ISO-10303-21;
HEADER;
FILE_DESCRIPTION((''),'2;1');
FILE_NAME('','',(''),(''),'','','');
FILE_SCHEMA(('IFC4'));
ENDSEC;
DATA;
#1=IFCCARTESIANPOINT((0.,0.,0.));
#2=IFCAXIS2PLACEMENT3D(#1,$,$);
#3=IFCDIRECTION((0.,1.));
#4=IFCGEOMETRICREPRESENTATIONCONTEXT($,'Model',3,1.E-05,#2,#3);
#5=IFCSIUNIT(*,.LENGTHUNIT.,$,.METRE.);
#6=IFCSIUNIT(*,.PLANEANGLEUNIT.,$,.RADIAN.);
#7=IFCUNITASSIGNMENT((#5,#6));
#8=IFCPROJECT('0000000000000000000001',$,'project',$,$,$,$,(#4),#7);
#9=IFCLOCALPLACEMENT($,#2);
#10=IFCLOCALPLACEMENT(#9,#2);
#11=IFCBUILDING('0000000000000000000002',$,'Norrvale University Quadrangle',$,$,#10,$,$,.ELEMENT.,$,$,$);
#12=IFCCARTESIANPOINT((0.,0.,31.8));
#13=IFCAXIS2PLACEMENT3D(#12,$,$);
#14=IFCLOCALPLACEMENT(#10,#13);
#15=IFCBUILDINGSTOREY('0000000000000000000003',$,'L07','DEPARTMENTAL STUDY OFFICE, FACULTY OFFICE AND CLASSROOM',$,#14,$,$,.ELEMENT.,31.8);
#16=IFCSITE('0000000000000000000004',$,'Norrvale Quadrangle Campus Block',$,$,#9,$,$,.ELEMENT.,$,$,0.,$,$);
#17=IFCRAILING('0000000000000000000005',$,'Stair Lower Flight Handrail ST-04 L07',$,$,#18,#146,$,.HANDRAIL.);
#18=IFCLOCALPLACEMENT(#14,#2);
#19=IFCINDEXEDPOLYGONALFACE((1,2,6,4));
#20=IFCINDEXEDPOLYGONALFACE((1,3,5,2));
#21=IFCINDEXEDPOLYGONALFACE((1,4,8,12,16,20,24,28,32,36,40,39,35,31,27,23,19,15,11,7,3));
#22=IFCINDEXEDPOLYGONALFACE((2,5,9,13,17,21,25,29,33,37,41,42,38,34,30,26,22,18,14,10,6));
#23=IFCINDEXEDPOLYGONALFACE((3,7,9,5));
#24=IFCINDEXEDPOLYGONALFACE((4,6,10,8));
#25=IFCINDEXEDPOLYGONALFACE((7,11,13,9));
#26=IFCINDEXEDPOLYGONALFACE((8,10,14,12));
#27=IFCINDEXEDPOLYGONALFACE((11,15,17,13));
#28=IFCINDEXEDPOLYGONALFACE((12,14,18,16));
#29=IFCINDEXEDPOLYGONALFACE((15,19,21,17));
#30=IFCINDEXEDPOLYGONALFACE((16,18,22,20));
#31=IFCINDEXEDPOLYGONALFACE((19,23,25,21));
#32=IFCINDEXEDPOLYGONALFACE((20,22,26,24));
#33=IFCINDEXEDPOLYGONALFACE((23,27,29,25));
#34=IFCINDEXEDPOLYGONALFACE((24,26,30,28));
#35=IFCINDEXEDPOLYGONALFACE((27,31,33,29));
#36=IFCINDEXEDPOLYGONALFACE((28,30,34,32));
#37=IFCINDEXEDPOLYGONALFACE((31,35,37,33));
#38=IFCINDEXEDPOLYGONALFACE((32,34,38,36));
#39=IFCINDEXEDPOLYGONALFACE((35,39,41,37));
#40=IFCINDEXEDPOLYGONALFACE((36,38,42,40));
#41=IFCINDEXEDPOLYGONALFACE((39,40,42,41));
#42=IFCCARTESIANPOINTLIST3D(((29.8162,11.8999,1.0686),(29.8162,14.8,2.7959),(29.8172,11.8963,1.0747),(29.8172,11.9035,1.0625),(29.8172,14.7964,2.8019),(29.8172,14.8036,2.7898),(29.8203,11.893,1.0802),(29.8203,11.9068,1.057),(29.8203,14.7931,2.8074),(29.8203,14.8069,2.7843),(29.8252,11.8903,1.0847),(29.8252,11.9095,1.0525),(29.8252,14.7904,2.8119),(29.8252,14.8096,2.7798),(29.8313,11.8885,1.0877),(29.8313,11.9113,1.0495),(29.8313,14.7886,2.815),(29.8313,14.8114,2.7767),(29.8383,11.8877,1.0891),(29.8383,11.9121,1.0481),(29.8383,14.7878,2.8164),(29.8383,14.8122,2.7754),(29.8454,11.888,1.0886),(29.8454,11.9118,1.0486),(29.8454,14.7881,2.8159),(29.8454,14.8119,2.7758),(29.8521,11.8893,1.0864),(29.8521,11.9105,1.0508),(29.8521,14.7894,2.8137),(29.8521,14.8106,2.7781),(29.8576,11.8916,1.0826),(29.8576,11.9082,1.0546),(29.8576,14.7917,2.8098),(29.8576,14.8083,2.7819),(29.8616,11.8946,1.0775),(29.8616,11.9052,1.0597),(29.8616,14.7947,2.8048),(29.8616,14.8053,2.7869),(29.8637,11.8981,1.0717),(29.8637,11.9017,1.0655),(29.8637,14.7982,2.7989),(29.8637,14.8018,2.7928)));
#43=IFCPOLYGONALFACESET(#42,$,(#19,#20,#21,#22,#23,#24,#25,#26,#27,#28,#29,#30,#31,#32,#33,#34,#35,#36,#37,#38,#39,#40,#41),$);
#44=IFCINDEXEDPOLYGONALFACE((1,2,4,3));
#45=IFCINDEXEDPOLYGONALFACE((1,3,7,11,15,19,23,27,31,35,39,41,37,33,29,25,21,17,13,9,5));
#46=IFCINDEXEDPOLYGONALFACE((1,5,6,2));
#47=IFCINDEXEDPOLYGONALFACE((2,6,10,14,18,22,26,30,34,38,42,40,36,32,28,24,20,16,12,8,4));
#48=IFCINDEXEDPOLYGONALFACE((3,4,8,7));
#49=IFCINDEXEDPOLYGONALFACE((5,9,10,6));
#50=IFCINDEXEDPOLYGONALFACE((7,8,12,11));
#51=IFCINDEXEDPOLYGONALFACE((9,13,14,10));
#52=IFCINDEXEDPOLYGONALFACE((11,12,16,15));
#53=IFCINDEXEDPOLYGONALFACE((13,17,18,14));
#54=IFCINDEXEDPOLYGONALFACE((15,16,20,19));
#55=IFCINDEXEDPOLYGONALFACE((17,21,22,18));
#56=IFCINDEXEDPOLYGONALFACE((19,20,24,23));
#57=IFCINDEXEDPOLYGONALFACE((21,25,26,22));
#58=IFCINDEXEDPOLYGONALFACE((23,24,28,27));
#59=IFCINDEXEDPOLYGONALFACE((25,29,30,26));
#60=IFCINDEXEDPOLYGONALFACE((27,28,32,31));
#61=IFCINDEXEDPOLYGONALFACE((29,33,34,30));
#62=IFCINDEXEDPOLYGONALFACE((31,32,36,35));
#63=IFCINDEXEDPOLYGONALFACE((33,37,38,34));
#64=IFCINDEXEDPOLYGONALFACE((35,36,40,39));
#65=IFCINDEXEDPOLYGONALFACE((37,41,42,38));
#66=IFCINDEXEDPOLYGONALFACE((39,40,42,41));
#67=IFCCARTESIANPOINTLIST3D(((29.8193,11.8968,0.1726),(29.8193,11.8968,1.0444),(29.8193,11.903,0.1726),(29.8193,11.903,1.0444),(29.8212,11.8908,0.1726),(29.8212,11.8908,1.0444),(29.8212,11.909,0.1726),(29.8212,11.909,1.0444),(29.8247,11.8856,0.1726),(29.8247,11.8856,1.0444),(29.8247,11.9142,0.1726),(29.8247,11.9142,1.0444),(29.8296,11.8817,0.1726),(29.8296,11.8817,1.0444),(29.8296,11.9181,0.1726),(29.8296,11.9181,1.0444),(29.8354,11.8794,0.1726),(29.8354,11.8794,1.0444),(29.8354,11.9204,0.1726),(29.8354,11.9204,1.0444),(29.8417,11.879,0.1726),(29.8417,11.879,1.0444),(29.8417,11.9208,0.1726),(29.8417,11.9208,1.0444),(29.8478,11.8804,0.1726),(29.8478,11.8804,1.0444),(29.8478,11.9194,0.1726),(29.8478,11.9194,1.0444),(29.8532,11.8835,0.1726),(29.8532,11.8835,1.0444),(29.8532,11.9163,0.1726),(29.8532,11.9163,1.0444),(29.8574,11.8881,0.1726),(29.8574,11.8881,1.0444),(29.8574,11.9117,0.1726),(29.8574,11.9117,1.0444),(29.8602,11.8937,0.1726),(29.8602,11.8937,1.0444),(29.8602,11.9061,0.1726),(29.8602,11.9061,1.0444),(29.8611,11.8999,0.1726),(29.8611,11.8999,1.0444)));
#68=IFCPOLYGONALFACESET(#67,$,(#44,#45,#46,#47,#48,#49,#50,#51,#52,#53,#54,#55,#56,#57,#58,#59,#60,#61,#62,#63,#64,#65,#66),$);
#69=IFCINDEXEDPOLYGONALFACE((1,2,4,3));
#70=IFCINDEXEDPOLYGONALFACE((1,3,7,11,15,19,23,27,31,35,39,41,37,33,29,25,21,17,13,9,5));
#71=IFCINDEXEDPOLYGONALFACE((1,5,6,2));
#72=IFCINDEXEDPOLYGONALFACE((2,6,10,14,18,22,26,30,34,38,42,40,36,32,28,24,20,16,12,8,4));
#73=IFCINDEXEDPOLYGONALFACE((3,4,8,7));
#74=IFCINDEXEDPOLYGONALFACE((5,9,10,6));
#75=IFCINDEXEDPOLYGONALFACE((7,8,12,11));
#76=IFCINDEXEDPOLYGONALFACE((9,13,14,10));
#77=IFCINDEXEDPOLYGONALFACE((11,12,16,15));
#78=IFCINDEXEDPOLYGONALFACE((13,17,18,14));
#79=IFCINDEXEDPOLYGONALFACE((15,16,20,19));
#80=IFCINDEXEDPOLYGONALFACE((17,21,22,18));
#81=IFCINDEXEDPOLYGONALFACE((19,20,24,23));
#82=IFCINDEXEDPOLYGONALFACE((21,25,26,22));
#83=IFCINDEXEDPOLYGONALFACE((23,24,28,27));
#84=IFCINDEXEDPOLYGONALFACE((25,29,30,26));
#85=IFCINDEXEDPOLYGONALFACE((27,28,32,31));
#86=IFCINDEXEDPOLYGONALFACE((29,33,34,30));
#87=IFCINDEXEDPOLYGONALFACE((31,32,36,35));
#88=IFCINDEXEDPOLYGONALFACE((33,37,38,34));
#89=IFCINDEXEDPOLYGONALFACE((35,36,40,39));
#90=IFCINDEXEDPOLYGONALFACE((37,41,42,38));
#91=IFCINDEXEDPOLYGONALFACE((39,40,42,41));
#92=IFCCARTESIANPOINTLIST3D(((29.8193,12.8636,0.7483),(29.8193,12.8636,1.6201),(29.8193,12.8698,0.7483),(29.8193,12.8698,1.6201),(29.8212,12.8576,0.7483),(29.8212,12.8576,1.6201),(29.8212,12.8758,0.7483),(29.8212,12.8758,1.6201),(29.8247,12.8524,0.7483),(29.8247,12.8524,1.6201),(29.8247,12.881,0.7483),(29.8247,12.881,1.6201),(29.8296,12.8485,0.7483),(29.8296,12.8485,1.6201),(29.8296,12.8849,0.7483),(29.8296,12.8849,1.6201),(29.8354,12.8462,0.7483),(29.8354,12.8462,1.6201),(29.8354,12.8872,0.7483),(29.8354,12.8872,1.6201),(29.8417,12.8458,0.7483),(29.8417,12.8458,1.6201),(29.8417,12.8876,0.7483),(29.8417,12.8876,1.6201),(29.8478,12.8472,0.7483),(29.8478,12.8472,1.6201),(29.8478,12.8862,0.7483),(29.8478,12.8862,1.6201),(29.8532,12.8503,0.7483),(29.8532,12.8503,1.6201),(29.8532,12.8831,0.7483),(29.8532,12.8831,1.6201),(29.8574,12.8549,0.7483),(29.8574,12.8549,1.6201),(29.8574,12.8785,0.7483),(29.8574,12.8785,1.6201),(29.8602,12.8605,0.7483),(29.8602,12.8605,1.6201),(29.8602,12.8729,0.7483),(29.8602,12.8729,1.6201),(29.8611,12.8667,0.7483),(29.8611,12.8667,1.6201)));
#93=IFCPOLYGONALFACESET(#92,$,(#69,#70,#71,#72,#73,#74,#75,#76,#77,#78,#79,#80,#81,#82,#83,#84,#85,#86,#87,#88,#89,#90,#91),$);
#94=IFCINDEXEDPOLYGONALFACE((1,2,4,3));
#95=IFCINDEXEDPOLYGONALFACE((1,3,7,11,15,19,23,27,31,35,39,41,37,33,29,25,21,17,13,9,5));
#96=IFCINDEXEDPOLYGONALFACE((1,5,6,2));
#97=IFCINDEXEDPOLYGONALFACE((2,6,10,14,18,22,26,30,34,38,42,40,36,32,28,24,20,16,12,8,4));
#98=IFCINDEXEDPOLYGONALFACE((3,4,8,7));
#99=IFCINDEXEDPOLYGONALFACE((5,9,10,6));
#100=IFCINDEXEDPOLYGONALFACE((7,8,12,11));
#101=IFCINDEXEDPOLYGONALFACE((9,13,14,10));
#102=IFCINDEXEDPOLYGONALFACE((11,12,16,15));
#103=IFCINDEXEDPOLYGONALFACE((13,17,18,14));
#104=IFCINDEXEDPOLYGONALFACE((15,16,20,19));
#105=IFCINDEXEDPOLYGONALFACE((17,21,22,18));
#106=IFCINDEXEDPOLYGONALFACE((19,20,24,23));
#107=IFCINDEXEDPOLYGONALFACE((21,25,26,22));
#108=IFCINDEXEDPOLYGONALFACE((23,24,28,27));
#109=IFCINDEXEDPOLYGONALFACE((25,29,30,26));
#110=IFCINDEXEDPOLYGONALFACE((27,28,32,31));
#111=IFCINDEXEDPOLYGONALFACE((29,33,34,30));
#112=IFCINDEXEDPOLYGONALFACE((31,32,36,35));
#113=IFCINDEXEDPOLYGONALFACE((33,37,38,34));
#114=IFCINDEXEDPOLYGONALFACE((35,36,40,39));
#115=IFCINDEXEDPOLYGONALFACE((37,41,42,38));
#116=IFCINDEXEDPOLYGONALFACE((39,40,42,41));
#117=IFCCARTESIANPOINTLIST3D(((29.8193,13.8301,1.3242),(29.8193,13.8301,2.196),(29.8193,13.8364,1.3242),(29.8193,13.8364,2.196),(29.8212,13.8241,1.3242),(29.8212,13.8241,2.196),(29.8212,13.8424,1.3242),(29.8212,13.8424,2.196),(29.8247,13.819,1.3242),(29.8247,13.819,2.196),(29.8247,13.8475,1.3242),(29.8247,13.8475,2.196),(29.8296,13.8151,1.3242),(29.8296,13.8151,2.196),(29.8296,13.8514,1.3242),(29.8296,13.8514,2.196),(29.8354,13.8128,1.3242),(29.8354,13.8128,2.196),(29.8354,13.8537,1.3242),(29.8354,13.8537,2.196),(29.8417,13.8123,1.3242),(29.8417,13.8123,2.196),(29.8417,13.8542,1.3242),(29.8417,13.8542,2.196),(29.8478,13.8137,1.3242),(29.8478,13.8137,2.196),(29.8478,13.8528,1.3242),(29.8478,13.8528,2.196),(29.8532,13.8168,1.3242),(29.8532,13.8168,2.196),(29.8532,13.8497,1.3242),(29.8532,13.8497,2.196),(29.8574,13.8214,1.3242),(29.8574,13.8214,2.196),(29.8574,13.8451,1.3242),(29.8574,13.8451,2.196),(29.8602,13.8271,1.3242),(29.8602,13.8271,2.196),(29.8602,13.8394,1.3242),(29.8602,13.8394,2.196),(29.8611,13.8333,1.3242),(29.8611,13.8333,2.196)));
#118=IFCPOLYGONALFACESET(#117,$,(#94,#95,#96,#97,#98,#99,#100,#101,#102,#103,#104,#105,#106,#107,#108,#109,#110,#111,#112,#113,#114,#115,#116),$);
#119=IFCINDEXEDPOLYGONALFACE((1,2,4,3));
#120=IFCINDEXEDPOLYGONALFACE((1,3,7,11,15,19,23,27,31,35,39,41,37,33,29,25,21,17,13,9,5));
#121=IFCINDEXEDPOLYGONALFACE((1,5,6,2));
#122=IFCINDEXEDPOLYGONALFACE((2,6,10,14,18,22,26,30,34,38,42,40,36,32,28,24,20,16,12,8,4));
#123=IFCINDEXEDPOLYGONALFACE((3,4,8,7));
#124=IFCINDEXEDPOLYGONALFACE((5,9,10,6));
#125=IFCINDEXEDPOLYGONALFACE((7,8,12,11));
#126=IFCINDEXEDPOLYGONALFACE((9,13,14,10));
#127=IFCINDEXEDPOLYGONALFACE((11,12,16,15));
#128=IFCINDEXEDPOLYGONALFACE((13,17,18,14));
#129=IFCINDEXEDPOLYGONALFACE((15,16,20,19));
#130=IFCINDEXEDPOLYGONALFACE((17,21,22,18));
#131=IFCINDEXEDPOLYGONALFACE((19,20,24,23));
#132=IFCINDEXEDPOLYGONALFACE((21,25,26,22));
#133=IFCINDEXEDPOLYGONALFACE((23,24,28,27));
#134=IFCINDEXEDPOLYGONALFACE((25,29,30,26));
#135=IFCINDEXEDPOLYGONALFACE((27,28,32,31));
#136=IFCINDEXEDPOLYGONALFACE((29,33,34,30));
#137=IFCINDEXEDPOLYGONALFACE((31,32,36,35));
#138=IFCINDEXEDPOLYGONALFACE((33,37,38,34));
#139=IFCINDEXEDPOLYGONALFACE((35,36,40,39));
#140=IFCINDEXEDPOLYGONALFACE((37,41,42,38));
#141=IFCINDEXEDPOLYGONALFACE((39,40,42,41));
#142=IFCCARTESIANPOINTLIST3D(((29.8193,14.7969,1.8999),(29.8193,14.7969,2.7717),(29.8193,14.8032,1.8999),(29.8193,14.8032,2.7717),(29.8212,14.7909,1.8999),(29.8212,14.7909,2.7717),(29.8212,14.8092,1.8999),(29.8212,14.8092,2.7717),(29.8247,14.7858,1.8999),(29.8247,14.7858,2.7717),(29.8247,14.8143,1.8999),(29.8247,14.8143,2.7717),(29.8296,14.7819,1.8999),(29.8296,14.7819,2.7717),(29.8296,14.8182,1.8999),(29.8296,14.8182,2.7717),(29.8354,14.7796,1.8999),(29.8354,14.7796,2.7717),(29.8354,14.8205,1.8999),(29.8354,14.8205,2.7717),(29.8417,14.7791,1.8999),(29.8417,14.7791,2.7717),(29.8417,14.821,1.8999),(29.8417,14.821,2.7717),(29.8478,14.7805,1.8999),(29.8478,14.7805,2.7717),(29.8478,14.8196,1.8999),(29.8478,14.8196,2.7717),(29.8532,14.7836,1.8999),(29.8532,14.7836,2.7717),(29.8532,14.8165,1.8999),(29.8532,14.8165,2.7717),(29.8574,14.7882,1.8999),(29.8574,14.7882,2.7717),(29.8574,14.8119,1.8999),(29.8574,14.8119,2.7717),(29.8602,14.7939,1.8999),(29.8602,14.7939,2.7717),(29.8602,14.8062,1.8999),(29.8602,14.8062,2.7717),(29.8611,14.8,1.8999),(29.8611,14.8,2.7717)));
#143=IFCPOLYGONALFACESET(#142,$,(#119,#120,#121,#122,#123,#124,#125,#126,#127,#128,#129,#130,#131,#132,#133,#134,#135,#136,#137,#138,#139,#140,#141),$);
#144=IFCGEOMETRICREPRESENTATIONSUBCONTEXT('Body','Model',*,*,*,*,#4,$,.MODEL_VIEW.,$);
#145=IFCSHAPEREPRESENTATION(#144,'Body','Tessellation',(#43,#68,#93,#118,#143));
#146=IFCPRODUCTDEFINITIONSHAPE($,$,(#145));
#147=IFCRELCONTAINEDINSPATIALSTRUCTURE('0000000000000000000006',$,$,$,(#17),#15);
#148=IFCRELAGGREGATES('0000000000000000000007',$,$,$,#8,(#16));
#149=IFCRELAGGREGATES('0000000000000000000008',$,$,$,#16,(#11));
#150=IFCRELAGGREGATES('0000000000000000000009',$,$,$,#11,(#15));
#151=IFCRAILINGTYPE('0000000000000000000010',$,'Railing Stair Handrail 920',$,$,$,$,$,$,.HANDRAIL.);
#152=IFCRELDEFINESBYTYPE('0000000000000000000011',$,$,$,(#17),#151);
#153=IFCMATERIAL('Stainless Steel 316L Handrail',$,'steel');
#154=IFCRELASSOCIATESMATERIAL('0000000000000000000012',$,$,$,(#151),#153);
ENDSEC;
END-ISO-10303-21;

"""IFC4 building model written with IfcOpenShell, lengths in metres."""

from ifc_helpers import new_model, si_unit, direction, frame, origin, origin_2d, place, context, subcontext, project, spatial, circle, extrude, material, type_object, element, save


model = new_model("IFC4")

# Units and contexts
model_context = context("Model", 3, precision=1e-05, world=origin(), true_north=direction((0.0, 1.0)))
body_context = subcontext(model_context, "Body", "Model", "MODEL_VIEW")
ifc_project = project(units=[si_unit("LENGTHUNIT", "METRE"), si_unit("PLANEANGLEUNIT", "RADIAN")], contexts=[model_context])

# Site, building, storey
site_placement = place(None, origin())
site = spatial("IfcSite", under=ifc_project, at=site_placement, Name="Norrvale Quadrangle Campus Block", CompositionType="ELEMENT", RefElevation=0.0)
building_placement = place(site_placement, origin())
building = spatial("IfcBuilding", under=site, at=building_placement, Name="Norrvale University Quadrangle", CompositionType="ELEMENT")
storey_placement = place(building_placement, frame((0.0, 0.0, 31.8)))
storey = spatial("IfcBuildingStorey", under=building, at=storey_placement, Name="L07", Description="DEPARTMENTAL STUDY OFFICE, FACULTY OFFICE AND CLASSROOM", CompositionType="ELEMENT", Elevation=31.8)

# Railing
ifc_material_1 = material(Name="Stainless Steel 316L Handrail", Category="steel")
railing_type_1 = type_object("IfcRailingType", Name="Railing Stair Handrail 920", PredefinedType="HANDRAIL", material=ifc_material_1)
railing_1_placement = place(storey_placement, frame((29.8401, 11.8999, 0.1726)))
element("IfcRailing", 1, at=railing_1_placement, inside=storey, type_object=railing_type_1, Name="Stair Lower Flight Handrail ST-04 L07", PredefinedType="HANDRAIL", context=body_context, shape_type="SweptSolid", body=[
    extrude(circle(Radius=0.0239, at=origin_2d()), frame((0.0, 0.0, 0.896), z_axis=(0.0, 0.85916, 0.511706), x_axis=(-1.0, 0.0, 0.0)), (0.0, 0.0, 1.0), 3.3755),
    extrude(circle(Radius=0.021, at=origin_2d()), origin(), (0.0, 0.0, 1.0), 0.8718),
    extrude(circle(Radius=0.021, at=origin_2d()), frame((0.0, 0.9668, 0.5757)), (0.0, 0.0, 1.0), 0.8718),
    extrude(circle(Radius=0.021, at=origin_2d()), frame((0.0, 1.9333, 1.1516)), (0.0, 0.0, 1.0), 0.8718),
    extrude(circle(Radius=0.021, at=origin_2d()), frame((0.0, 2.9001, 1.7273)), (0.0, 0.0, 1.0), 0.8718),
])

save(model, "model.ifc")
